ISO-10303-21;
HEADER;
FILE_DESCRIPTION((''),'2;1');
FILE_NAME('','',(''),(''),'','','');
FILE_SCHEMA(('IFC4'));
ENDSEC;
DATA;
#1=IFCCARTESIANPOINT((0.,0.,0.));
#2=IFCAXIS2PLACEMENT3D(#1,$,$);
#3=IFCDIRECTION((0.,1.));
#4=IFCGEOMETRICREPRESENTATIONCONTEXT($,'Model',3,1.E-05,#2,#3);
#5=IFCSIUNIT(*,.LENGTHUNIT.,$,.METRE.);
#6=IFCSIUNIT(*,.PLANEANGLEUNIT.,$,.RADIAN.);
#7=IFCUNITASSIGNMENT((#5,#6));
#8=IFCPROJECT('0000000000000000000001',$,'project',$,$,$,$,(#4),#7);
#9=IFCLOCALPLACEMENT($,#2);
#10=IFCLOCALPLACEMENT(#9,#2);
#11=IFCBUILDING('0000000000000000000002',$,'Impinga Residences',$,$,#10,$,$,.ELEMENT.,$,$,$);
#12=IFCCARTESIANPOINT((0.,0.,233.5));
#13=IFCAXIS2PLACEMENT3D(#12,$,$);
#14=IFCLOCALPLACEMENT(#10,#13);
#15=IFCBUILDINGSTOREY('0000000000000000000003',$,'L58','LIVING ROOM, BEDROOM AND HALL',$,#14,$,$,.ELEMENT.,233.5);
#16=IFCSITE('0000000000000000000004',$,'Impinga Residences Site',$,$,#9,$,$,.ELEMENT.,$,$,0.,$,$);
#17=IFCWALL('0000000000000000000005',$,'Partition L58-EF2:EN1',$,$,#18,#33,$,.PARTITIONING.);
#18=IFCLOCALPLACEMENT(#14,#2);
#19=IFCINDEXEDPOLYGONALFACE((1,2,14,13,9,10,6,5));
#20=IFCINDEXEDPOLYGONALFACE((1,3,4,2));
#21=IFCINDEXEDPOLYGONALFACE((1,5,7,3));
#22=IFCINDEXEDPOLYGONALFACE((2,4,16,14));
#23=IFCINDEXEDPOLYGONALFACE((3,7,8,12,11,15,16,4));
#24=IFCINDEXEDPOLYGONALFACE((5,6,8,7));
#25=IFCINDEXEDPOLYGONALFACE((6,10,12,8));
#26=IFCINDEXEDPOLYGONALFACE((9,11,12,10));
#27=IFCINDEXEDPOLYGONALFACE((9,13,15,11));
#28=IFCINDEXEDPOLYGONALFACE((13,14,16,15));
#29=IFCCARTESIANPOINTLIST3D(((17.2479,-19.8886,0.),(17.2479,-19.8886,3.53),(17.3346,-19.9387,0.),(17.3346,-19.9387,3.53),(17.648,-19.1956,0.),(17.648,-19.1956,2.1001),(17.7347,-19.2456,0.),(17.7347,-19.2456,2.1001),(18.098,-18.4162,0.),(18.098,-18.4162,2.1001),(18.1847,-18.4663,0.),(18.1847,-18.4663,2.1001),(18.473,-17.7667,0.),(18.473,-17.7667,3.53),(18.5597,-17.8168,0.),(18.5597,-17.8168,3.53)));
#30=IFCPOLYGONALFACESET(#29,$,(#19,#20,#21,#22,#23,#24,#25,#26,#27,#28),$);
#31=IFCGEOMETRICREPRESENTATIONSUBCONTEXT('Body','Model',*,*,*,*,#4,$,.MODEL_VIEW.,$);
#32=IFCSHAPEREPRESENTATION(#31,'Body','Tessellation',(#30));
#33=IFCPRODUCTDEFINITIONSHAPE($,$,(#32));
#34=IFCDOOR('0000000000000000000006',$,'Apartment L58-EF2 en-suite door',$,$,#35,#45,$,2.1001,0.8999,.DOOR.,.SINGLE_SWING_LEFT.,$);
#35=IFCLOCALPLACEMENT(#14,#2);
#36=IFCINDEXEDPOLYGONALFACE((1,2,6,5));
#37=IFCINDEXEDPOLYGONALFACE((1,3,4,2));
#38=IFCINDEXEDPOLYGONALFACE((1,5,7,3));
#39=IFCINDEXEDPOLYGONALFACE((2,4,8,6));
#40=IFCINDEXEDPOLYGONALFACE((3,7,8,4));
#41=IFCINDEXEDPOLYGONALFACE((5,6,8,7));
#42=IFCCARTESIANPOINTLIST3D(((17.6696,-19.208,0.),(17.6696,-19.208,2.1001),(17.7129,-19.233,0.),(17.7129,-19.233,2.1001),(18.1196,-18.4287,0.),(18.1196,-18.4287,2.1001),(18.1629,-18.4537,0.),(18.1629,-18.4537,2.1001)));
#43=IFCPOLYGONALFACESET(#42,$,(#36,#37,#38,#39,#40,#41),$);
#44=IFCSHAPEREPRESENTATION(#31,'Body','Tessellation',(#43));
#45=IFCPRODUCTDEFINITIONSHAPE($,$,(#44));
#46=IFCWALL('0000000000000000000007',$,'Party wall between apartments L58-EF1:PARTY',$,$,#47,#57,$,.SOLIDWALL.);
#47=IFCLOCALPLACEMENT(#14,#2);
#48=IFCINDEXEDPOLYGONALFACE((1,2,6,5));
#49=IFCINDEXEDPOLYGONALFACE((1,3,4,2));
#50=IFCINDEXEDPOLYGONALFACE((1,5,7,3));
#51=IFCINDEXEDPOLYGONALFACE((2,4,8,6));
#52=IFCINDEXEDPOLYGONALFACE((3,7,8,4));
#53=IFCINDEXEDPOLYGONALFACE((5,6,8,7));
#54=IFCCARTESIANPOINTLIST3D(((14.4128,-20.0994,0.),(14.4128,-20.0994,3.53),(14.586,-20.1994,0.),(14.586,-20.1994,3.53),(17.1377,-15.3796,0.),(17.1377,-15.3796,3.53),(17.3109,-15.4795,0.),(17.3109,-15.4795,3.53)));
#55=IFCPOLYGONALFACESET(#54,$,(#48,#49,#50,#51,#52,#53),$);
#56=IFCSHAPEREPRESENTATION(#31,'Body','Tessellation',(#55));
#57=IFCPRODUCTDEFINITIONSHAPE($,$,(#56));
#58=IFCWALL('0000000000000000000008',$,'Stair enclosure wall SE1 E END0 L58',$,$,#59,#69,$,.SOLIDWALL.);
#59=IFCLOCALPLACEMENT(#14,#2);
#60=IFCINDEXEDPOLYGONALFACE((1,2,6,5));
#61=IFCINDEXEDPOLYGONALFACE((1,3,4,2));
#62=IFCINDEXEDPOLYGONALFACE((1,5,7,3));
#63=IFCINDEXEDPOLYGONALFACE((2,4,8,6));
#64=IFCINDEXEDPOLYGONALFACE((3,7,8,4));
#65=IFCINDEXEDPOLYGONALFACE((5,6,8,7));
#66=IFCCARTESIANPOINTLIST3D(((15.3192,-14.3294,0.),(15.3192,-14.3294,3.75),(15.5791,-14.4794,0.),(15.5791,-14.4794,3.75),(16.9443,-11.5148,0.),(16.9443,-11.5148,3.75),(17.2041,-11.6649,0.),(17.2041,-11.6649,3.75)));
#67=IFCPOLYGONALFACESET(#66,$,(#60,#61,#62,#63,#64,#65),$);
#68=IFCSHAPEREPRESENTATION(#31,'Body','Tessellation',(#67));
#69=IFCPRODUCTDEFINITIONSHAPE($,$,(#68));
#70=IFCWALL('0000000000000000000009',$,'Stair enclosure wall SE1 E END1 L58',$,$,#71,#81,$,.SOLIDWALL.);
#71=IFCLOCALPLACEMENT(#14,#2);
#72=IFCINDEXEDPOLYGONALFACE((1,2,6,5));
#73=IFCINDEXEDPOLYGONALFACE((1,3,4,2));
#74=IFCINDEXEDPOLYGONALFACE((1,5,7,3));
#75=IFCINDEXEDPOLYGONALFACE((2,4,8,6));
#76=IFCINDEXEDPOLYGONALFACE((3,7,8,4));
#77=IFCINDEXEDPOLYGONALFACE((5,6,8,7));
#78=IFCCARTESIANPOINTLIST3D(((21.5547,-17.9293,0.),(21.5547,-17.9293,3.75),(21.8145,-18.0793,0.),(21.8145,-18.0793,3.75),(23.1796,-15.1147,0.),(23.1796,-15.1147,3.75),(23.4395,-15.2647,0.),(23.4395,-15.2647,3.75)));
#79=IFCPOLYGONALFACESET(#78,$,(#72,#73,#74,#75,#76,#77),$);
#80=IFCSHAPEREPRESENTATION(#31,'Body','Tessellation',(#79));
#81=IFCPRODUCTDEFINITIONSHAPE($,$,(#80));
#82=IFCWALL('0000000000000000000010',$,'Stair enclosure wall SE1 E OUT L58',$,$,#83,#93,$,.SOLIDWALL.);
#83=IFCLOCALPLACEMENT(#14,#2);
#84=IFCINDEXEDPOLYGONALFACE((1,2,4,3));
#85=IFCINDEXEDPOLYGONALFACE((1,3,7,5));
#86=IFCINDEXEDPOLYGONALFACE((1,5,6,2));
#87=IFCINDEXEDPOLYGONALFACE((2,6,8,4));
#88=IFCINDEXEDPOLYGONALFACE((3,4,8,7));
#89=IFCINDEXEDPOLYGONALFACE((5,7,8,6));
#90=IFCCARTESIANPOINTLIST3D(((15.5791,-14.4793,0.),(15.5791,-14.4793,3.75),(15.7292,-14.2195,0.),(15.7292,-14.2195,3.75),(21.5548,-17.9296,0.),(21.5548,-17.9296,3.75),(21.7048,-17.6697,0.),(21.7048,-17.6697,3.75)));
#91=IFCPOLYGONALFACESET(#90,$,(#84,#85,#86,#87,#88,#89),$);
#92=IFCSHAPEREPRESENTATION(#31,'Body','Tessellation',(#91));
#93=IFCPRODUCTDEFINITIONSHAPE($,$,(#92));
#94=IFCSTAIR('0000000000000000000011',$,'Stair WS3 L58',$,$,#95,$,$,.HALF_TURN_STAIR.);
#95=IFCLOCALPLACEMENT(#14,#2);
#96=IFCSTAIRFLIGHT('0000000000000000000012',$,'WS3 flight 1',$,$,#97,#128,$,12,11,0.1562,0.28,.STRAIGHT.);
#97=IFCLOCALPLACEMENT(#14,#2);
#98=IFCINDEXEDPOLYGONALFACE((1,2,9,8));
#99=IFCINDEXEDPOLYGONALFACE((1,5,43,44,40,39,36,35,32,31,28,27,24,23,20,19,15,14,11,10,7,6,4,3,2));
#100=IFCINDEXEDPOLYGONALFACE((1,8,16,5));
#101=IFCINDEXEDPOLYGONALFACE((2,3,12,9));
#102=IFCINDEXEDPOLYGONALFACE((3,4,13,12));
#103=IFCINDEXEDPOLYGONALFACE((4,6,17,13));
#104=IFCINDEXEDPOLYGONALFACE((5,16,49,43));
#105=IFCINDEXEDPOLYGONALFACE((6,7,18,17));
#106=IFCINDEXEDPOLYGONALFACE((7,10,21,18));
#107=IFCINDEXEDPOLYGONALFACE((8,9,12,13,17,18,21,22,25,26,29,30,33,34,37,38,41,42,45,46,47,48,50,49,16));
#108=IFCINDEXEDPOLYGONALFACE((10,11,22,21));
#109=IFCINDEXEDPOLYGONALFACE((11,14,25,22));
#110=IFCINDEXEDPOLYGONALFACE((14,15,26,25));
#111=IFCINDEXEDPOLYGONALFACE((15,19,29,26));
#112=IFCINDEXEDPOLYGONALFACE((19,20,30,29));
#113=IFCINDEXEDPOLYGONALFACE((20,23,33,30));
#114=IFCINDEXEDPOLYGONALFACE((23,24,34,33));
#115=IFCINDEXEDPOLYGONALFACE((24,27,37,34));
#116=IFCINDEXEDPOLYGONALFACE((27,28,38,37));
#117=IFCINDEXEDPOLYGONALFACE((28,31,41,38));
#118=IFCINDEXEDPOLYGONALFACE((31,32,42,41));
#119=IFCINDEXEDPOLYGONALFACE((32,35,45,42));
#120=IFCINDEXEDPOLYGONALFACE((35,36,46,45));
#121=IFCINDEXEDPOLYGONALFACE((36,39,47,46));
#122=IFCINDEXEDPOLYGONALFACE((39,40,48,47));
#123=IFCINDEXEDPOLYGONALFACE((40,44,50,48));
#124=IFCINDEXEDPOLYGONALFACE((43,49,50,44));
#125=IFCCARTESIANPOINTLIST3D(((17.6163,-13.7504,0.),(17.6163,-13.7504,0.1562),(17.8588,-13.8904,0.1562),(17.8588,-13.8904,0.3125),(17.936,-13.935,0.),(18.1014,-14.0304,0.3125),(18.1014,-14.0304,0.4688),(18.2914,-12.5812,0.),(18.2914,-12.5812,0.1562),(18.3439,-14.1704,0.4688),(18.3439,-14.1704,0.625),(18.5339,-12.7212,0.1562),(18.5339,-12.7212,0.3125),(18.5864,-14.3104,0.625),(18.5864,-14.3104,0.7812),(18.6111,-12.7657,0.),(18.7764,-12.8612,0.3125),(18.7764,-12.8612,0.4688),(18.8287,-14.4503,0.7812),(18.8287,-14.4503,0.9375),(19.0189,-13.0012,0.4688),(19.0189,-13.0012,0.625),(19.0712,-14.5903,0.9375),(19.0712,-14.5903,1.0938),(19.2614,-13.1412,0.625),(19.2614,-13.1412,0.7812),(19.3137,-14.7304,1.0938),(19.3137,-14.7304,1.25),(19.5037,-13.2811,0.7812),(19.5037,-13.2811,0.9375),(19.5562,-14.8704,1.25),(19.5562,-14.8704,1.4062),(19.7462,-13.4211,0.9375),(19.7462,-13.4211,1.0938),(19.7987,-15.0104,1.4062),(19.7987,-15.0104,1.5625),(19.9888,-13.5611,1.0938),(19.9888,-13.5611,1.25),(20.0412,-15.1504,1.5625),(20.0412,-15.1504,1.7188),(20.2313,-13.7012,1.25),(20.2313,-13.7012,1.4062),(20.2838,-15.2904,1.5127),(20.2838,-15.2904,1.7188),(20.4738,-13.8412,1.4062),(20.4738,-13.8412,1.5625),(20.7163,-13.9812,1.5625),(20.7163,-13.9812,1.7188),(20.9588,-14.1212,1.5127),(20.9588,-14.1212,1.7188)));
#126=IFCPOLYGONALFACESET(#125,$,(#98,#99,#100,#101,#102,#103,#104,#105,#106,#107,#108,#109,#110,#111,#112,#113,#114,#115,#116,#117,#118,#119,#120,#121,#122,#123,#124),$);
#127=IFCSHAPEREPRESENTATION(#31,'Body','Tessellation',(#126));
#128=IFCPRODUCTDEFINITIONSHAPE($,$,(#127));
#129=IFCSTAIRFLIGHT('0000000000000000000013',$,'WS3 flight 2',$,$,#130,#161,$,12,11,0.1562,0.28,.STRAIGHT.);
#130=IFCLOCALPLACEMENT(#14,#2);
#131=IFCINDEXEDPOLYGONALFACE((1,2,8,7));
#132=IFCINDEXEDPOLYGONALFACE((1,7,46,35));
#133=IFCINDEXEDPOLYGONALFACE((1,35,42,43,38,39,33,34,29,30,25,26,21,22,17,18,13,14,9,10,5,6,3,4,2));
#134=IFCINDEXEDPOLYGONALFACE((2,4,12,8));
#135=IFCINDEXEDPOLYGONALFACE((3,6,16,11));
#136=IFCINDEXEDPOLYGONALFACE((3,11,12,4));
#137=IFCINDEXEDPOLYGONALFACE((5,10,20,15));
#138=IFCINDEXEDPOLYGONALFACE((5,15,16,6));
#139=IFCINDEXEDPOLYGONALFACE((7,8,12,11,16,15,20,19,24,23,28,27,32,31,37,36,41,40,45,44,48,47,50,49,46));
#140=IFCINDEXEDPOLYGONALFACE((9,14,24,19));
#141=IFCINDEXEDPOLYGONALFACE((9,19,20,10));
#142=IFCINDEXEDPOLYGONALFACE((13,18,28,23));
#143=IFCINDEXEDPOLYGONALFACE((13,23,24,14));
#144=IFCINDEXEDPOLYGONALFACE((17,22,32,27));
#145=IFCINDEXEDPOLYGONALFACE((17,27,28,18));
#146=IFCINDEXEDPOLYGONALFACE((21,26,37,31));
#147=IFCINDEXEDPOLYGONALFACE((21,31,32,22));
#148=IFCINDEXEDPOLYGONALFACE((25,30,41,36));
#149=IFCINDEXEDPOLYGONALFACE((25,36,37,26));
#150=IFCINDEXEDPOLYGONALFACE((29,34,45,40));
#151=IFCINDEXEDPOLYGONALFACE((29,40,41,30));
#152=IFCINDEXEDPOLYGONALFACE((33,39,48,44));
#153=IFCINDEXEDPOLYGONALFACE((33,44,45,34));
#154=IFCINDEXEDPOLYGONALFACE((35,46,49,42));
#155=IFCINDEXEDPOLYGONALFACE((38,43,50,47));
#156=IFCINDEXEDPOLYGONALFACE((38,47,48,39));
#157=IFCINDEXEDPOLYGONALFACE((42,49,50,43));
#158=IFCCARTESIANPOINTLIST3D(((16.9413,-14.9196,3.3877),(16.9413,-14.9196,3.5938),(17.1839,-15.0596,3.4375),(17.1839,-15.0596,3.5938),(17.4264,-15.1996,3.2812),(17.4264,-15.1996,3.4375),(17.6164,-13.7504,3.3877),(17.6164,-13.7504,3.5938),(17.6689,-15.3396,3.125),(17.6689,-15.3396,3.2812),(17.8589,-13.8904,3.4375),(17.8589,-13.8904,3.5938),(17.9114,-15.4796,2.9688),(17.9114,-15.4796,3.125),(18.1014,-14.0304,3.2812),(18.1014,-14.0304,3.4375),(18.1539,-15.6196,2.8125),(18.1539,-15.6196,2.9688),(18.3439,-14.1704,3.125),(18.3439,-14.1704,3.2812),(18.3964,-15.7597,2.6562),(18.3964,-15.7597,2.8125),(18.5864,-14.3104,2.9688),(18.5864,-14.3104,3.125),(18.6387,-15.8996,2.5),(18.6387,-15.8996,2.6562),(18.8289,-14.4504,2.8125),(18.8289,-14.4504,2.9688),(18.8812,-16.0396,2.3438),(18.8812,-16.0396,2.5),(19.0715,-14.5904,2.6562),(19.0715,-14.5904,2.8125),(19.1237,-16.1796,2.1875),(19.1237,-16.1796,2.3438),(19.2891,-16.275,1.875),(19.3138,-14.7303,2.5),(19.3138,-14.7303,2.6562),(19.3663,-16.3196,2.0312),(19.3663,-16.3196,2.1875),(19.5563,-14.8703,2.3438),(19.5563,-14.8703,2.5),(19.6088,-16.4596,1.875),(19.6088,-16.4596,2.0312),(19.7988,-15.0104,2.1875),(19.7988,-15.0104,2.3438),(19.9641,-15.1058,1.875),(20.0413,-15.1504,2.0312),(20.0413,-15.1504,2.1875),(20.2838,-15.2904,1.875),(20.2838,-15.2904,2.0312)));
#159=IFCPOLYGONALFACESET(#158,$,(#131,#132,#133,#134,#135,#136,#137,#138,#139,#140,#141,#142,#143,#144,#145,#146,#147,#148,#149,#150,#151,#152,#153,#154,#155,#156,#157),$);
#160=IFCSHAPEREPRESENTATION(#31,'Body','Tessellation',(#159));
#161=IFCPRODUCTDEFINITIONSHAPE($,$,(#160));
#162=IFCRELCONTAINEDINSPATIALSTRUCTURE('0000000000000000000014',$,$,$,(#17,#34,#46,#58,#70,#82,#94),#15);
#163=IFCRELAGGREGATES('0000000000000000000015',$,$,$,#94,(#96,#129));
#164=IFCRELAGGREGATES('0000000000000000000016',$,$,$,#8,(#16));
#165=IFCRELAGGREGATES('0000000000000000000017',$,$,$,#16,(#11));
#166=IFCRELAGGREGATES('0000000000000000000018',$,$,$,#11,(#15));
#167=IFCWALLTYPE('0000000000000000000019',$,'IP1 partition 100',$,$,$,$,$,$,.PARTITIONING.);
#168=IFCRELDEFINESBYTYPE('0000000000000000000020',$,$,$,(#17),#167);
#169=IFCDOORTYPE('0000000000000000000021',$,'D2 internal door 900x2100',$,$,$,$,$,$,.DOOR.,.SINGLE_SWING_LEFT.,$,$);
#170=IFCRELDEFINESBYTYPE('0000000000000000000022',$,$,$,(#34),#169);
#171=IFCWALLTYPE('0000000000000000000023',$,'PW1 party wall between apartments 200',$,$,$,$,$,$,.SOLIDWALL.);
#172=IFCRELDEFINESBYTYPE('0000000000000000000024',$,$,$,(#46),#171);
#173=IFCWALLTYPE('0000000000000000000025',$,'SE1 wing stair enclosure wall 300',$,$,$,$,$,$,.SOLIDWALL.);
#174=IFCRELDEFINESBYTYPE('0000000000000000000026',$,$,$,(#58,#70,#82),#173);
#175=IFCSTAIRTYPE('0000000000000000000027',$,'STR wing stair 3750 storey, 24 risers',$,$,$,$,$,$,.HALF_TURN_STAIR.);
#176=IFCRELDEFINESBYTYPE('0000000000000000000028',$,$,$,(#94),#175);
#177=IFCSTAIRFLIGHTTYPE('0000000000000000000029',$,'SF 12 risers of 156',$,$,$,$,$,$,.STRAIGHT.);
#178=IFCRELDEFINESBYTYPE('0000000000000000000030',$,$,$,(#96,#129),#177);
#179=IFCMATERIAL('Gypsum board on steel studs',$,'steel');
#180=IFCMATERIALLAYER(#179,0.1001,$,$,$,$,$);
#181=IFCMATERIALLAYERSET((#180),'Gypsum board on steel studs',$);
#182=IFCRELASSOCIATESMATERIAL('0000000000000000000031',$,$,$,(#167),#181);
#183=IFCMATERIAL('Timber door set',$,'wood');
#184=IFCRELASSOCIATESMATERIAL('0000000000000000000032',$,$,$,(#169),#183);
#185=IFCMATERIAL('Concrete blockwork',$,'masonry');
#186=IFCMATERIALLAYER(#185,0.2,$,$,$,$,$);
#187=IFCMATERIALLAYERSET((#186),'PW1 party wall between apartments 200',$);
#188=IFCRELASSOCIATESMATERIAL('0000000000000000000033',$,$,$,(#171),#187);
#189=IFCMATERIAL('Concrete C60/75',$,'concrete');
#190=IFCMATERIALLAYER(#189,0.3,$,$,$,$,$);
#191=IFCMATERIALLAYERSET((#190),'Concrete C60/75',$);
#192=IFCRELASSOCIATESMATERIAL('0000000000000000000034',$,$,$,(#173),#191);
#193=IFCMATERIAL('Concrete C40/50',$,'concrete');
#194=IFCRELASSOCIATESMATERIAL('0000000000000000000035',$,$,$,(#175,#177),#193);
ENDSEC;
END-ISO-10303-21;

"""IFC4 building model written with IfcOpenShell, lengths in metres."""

from ifc_helpers import new_model, si_unit, direction, frame, frame_2d, origin, place, context, subcontext, project, spatial, polyline, rectangle, outline, extrude, material, layer, layer_set, type_object, element, fill, aggregate, save


model = new_model("IFC4")

# Units and contexts
model_context = context("Model", 3, precision=1e-05, world=origin(), true_north=direction((0.0, 1.0)))
body_context = subcontext(model_context, "Body", "Model", "MODEL_VIEW")
ifc_project = project(units=[si_unit("LENGTHUNIT", "METRE"), si_unit("PLANEANGLEUNIT", "RADIAN")], contexts=[model_context])

# Site, building, storey
site_placement = place(None, origin())
site = spatial("IfcSite", under=ifc_project, at=site_placement, Name="Impinga Residences Site", CompositionType="ELEMENT", RefElevation=0.0)
building_placement = place(site_placement, origin())
building = spatial("IfcBuilding", under=site, at=building_placement, Name="Impinga Residences", CompositionType="ELEMENT")
storey_placement = place(building_placement, frame((0.0, 0.0, 233.5)))
storey = spatial("IfcBuildingStorey", under=building, at=storey_placement, Name="L58", Description="LIVING ROOM, BEDROOM AND HALL", CompositionType="ELEMENT", Elevation=233.5)

# Shared definitions
ifc_material_1 = material(Name="Concrete C60/75", Category="concrete")

# Shared definitions
ifc_material_2 = material(Name="Gypsum board on steel studs", Category="steel")
ifc_layer_1 = layer(ifc_material_2, 0.1001)
ifc_layer_set_1 = layer_set([ifc_layer_1], Name="Gypsum board on steel studs")
wall_type_1 = type_object("IfcWallType", Name="IP1 partition 100", PredefinedType="PARTITIONING", material=ifc_layer_set_1)

# Shared definitions
ifc_material_3 = material(Name="Timber door set", Category="wood")
door_type = type_object("IfcDoorType", Name="D2 internal door 900x2100", OperationType="SINGLE_SWING_LEFT", PredefinedType="DOOR", material=ifc_material_3)

# Wall, opening, door
wall_1_placement = place(storey_placement, frame((18.5164, -17.7917, 0.0), z_axis=(0.0, 0.0, 1.0), x_axis=(-0.500019, -0.866015, 0.0)))
wall_1 = element("IfcWall", 1, at=wall_1_placement, inside=storey, type_object=wall_type_1, Name="Partition L58-EF2:EN1", PredefinedType="PARTITIONING", context=body_context, shape_type="SweptSolid", body=[
    extrude(rectangle(XDim=2.4502, YDim=0.1001, at=frame_2d((1.2251, 0.0))), origin(), (0.0, 0.0, 1.0), 3.53),
])
opening_1_placement = place(wall_1_placement, frame((0.75, 0.0, 0.0)))
opening_1 = element("IfcOpeningElement", 2, at=opening_1_placement, cuts=wall_1, PredefinedType="OPENING", context=body_context, shape_type="SweptSolid", body=[
    extrude(rectangle(XDim=0.8999, YDim=2.1001, at=frame_2d((0.45, 1.05))), frame((0.0, 0.0601, 0.0), z_axis=(0.0, -1.0, 0.0), x_axis=(1.0, 0.0, 0.0)), (0.0, 0.0, 1.0), 0.1201),
])
door_1_placement = place(opening_1_placement, origin())
door_1 = element("IfcDoor", 3, at=door_1_placement, inside=storey, type_object=door_type, Name="Apartment L58-EF2 en-suite door", OperationType="SINGLE_SWING_LEFT", OverallHeight=2.1001, OverallWidth=0.8999, PredefinedType="DOOR", context=body_context, shape_type="SweptSolid", body=[
    extrude(rectangle(XDim=0.8999, YDim=2.1001, at=frame_2d((0.45, 1.05))), frame((0.0, 0.0249, 0.0), z_axis=(0.0, -1.0, 0.0), x_axis=(1.0, 0.0, 0.0)), (0.0, 0.0, 1.0), 0.05),
])
fill(opening_1, door_1)

# Walls
ifc_material_4 = material(Name="Concrete blockwork", Category="masonry")
ifc_layer_2 = layer(ifc_material_4, 0.2)
ifc_layer_set_2 = layer_set([ifc_layer_2], Name="PW1 party wall between apartments 200")
wall_type_2 = type_object("IfcWallType", Name="PW1 party wall between apartments 200", PredefinedType="SOLIDWALL", material=ifc_layer_set_2)
wall_2_placement = place(storey_placement, frame((17.2244, -15.4294, 0.0), z_axis=(0.0, 0.0, 1.0), x_axis=(-0.499989, -0.866032, 0.0)))
element("IfcWall", 4, at=wall_2_placement, inside=storey, type_object=wall_type_2, Name="Party wall between apartments L58-EF1:PARTY", PredefinedType="SOLIDWALL", context=body_context, shape_type="SweptSolid", body=[
    extrude(rectangle(XDim=5.45, YDim=0.2, at=frame_2d((2.7251, 0.0))), origin(), (0.0, 0.0, 1.0), 3.53),
])
ifc_layer_3 = layer(ifc_material_1, 0.3)
ifc_layer_set_3 = layer_set([ifc_layer_3], Name="Concrete C60/75")
wall_type_3 = type_object("IfcWallType", Name="SE1 wing stair enclosure wall 300", PredefinedType="SOLIDWALL", material=ifc_layer_set_3)
for number, where, z_axis, x_axis, name in (
    (5, (17.0742, -11.5898, 0.0), (0.0, 0.0, 1.0), (-0.500017, -0.866015, 0.0), "Stair enclosure wall SE1 E END0 L58"),
    (6, (23.3096, -15.1897, 0.0), (0.0, 0.0, 1.0), (-0.499985, -0.866034, 0.0), "Stair enclosure wall SE1 E END1 L58"),
):
    element("IfcWall", number, at=place(storey_placement, frame(where, z_axis=z_axis, x_axis=x_axis)), inside=storey, type_object=wall_type_3, Name=name, PredefinedType="SOLIDWALL", context=body_context, shape_type="SweptSolid", body=[
        extrude(rectangle(XDim=3.25, YDim=0.3, at=frame_2d((1.625, 0.0))), origin(), (0.0, 0.0, 1.0), 3.75),
    ])
wall_3_placement = place(storey_placement, frame((15.6541, -14.3494, 0.0), z_axis=(0.0, 0.0, 1.0), x_axis=(0.866014, -0.500021, 0.0)))
element("IfcWall", 7, at=wall_3_placement, inside=storey, type_object=wall_type_3, Name="Stair enclosure wall SE1 E OUT L58", PredefinedType="SOLIDWALL", context=body_context, shape_type="SweptSolid", body=[
    extrude(rectangle(XDim=6.9001, YDim=0.3, at=frame_2d((3.4502, 0.0))), origin(), (0.0, 0.0, 1.0), 3.75),
])

# Stair, stair flights
ifc_material_5 = material(Name="Concrete C40/50", Category="concrete")
stair_type = type_object("IfcStairType", Name="STR wing stair 3750 storey, 24 risers", PredefinedType="HALF_TURN_STAIR", material=ifc_material_5)
stair_placement = place(storey_placement, origin())
stair = element("IfcStair", 8, at=stair_placement, inside=storey, type_object=stair_type, Name="Stair WS3 L58", PredefinedType="HALF_TURN_STAIR")
stair_flight_type = type_object("IfcStairFlightType", Name="SF 12 risers of 156", PredefinedType="STRAIGHT", material=ifc_material_5)
stair_flight_1_placement = place(storey_placement, frame((17.9539, -13.1658, 0.0), z_axis=(0.0, 0.0, 1.0), x_axis=(0.866025, -0.5, 0.0)))
stair_flight_1 = element("IfcStairFlight", 9, at=stair_flight_1_placement, type_object=stair_flight_type, Name="WS3 flight 1", NumberOfRisers=12, NumberOfTreads=11, PredefinedType="STRAIGHT", RiserHeight=0.1562, TreadLength=0.28, context=body_context, shape_type="SweptSolid", body=[
    extrude(outline(polyline([(0.0, 0.0), (0.0, 0.1562), (0.28, 0.1562), (0.28, 0.3125), (0.5601, 0.3125), (0.5601, 0.4688), (0.8401, 0.4688), (0.8401, 0.625), (1.1201, 0.625), (1.1201, 0.7812), (1.3999, 0.7812), (1.3999, 0.9375), (1.6799, 0.9375), (1.6799, 1.0938), (1.96, 1.0938), (1.96, 1.25), (2.24, 1.25), (2.24, 1.4062), (2.52, 1.4062), (2.52, 1.5625), (2.8, 1.5625), (2.8, 1.7188), (3.0801, 1.7188), (3.0801, 1.875), (3.0801, 1.5127), (0.3691, 0.0), (0.0, 0.0)])), frame((0.0, 0.675, 0.0), z_axis=(0.0, -1.0, 0.0), x_axis=(1.0, 0.0, 0.0)), (0.0, 0.0, 1.0), 1.3501),
])
stair_flight_2_placement = place(storey_placement, frame((19.9463, -15.875, 1.875), z_axis=(0.0, 0.0, 1.0), x_axis=(-0.866025, 0.5, 0.0)))
stair_flight_2 = element("IfcStairFlight", 10, at=stair_flight_2_placement, type_object=stair_flight_type, Name="WS3 flight 2", NumberOfRisers=12, NumberOfTreads=11, PredefinedType="STRAIGHT", RiserHeight=0.1562, TreadLength=0.28, context=body_context, shape_type="SweptSolid", body=[
    extrude(outline(polyline([(0.0, 0.0), (0.0, 0.1562), (0.28, 0.1562), (0.28, 0.3125), (0.5601, 0.3125), (0.5601, 0.4688), (0.8401, 0.4688), (0.8401, 0.625), (1.1201, 0.625), (1.1201, 0.7812), (1.3999, 0.7812), (1.3999, 0.9375), (1.6799, 0.9375), (1.6799, 1.0938), (1.96, 1.0938), (1.96, 1.25), (2.24, 1.25), (2.24, 1.4062), (2.52, 1.4062), (2.52, 1.5625), (2.8, 1.5625), (2.8, 1.7188), (3.0801, 1.7188), (3.0801, 1.875), (3.0801, 1.5127), (0.3691, 0.0), (0.0, 0.0)])), frame((0.0, 0.675, 0.0), z_axis=(0.0, -1.0, 0.0), x_axis=(1.0, 0.0, 0.0)), (0.0, 0.0, 1.0), 1.3501),
])
aggregate(stair, [stair_flight_1, stair_flight_2])

save(model, "model.ifc")
